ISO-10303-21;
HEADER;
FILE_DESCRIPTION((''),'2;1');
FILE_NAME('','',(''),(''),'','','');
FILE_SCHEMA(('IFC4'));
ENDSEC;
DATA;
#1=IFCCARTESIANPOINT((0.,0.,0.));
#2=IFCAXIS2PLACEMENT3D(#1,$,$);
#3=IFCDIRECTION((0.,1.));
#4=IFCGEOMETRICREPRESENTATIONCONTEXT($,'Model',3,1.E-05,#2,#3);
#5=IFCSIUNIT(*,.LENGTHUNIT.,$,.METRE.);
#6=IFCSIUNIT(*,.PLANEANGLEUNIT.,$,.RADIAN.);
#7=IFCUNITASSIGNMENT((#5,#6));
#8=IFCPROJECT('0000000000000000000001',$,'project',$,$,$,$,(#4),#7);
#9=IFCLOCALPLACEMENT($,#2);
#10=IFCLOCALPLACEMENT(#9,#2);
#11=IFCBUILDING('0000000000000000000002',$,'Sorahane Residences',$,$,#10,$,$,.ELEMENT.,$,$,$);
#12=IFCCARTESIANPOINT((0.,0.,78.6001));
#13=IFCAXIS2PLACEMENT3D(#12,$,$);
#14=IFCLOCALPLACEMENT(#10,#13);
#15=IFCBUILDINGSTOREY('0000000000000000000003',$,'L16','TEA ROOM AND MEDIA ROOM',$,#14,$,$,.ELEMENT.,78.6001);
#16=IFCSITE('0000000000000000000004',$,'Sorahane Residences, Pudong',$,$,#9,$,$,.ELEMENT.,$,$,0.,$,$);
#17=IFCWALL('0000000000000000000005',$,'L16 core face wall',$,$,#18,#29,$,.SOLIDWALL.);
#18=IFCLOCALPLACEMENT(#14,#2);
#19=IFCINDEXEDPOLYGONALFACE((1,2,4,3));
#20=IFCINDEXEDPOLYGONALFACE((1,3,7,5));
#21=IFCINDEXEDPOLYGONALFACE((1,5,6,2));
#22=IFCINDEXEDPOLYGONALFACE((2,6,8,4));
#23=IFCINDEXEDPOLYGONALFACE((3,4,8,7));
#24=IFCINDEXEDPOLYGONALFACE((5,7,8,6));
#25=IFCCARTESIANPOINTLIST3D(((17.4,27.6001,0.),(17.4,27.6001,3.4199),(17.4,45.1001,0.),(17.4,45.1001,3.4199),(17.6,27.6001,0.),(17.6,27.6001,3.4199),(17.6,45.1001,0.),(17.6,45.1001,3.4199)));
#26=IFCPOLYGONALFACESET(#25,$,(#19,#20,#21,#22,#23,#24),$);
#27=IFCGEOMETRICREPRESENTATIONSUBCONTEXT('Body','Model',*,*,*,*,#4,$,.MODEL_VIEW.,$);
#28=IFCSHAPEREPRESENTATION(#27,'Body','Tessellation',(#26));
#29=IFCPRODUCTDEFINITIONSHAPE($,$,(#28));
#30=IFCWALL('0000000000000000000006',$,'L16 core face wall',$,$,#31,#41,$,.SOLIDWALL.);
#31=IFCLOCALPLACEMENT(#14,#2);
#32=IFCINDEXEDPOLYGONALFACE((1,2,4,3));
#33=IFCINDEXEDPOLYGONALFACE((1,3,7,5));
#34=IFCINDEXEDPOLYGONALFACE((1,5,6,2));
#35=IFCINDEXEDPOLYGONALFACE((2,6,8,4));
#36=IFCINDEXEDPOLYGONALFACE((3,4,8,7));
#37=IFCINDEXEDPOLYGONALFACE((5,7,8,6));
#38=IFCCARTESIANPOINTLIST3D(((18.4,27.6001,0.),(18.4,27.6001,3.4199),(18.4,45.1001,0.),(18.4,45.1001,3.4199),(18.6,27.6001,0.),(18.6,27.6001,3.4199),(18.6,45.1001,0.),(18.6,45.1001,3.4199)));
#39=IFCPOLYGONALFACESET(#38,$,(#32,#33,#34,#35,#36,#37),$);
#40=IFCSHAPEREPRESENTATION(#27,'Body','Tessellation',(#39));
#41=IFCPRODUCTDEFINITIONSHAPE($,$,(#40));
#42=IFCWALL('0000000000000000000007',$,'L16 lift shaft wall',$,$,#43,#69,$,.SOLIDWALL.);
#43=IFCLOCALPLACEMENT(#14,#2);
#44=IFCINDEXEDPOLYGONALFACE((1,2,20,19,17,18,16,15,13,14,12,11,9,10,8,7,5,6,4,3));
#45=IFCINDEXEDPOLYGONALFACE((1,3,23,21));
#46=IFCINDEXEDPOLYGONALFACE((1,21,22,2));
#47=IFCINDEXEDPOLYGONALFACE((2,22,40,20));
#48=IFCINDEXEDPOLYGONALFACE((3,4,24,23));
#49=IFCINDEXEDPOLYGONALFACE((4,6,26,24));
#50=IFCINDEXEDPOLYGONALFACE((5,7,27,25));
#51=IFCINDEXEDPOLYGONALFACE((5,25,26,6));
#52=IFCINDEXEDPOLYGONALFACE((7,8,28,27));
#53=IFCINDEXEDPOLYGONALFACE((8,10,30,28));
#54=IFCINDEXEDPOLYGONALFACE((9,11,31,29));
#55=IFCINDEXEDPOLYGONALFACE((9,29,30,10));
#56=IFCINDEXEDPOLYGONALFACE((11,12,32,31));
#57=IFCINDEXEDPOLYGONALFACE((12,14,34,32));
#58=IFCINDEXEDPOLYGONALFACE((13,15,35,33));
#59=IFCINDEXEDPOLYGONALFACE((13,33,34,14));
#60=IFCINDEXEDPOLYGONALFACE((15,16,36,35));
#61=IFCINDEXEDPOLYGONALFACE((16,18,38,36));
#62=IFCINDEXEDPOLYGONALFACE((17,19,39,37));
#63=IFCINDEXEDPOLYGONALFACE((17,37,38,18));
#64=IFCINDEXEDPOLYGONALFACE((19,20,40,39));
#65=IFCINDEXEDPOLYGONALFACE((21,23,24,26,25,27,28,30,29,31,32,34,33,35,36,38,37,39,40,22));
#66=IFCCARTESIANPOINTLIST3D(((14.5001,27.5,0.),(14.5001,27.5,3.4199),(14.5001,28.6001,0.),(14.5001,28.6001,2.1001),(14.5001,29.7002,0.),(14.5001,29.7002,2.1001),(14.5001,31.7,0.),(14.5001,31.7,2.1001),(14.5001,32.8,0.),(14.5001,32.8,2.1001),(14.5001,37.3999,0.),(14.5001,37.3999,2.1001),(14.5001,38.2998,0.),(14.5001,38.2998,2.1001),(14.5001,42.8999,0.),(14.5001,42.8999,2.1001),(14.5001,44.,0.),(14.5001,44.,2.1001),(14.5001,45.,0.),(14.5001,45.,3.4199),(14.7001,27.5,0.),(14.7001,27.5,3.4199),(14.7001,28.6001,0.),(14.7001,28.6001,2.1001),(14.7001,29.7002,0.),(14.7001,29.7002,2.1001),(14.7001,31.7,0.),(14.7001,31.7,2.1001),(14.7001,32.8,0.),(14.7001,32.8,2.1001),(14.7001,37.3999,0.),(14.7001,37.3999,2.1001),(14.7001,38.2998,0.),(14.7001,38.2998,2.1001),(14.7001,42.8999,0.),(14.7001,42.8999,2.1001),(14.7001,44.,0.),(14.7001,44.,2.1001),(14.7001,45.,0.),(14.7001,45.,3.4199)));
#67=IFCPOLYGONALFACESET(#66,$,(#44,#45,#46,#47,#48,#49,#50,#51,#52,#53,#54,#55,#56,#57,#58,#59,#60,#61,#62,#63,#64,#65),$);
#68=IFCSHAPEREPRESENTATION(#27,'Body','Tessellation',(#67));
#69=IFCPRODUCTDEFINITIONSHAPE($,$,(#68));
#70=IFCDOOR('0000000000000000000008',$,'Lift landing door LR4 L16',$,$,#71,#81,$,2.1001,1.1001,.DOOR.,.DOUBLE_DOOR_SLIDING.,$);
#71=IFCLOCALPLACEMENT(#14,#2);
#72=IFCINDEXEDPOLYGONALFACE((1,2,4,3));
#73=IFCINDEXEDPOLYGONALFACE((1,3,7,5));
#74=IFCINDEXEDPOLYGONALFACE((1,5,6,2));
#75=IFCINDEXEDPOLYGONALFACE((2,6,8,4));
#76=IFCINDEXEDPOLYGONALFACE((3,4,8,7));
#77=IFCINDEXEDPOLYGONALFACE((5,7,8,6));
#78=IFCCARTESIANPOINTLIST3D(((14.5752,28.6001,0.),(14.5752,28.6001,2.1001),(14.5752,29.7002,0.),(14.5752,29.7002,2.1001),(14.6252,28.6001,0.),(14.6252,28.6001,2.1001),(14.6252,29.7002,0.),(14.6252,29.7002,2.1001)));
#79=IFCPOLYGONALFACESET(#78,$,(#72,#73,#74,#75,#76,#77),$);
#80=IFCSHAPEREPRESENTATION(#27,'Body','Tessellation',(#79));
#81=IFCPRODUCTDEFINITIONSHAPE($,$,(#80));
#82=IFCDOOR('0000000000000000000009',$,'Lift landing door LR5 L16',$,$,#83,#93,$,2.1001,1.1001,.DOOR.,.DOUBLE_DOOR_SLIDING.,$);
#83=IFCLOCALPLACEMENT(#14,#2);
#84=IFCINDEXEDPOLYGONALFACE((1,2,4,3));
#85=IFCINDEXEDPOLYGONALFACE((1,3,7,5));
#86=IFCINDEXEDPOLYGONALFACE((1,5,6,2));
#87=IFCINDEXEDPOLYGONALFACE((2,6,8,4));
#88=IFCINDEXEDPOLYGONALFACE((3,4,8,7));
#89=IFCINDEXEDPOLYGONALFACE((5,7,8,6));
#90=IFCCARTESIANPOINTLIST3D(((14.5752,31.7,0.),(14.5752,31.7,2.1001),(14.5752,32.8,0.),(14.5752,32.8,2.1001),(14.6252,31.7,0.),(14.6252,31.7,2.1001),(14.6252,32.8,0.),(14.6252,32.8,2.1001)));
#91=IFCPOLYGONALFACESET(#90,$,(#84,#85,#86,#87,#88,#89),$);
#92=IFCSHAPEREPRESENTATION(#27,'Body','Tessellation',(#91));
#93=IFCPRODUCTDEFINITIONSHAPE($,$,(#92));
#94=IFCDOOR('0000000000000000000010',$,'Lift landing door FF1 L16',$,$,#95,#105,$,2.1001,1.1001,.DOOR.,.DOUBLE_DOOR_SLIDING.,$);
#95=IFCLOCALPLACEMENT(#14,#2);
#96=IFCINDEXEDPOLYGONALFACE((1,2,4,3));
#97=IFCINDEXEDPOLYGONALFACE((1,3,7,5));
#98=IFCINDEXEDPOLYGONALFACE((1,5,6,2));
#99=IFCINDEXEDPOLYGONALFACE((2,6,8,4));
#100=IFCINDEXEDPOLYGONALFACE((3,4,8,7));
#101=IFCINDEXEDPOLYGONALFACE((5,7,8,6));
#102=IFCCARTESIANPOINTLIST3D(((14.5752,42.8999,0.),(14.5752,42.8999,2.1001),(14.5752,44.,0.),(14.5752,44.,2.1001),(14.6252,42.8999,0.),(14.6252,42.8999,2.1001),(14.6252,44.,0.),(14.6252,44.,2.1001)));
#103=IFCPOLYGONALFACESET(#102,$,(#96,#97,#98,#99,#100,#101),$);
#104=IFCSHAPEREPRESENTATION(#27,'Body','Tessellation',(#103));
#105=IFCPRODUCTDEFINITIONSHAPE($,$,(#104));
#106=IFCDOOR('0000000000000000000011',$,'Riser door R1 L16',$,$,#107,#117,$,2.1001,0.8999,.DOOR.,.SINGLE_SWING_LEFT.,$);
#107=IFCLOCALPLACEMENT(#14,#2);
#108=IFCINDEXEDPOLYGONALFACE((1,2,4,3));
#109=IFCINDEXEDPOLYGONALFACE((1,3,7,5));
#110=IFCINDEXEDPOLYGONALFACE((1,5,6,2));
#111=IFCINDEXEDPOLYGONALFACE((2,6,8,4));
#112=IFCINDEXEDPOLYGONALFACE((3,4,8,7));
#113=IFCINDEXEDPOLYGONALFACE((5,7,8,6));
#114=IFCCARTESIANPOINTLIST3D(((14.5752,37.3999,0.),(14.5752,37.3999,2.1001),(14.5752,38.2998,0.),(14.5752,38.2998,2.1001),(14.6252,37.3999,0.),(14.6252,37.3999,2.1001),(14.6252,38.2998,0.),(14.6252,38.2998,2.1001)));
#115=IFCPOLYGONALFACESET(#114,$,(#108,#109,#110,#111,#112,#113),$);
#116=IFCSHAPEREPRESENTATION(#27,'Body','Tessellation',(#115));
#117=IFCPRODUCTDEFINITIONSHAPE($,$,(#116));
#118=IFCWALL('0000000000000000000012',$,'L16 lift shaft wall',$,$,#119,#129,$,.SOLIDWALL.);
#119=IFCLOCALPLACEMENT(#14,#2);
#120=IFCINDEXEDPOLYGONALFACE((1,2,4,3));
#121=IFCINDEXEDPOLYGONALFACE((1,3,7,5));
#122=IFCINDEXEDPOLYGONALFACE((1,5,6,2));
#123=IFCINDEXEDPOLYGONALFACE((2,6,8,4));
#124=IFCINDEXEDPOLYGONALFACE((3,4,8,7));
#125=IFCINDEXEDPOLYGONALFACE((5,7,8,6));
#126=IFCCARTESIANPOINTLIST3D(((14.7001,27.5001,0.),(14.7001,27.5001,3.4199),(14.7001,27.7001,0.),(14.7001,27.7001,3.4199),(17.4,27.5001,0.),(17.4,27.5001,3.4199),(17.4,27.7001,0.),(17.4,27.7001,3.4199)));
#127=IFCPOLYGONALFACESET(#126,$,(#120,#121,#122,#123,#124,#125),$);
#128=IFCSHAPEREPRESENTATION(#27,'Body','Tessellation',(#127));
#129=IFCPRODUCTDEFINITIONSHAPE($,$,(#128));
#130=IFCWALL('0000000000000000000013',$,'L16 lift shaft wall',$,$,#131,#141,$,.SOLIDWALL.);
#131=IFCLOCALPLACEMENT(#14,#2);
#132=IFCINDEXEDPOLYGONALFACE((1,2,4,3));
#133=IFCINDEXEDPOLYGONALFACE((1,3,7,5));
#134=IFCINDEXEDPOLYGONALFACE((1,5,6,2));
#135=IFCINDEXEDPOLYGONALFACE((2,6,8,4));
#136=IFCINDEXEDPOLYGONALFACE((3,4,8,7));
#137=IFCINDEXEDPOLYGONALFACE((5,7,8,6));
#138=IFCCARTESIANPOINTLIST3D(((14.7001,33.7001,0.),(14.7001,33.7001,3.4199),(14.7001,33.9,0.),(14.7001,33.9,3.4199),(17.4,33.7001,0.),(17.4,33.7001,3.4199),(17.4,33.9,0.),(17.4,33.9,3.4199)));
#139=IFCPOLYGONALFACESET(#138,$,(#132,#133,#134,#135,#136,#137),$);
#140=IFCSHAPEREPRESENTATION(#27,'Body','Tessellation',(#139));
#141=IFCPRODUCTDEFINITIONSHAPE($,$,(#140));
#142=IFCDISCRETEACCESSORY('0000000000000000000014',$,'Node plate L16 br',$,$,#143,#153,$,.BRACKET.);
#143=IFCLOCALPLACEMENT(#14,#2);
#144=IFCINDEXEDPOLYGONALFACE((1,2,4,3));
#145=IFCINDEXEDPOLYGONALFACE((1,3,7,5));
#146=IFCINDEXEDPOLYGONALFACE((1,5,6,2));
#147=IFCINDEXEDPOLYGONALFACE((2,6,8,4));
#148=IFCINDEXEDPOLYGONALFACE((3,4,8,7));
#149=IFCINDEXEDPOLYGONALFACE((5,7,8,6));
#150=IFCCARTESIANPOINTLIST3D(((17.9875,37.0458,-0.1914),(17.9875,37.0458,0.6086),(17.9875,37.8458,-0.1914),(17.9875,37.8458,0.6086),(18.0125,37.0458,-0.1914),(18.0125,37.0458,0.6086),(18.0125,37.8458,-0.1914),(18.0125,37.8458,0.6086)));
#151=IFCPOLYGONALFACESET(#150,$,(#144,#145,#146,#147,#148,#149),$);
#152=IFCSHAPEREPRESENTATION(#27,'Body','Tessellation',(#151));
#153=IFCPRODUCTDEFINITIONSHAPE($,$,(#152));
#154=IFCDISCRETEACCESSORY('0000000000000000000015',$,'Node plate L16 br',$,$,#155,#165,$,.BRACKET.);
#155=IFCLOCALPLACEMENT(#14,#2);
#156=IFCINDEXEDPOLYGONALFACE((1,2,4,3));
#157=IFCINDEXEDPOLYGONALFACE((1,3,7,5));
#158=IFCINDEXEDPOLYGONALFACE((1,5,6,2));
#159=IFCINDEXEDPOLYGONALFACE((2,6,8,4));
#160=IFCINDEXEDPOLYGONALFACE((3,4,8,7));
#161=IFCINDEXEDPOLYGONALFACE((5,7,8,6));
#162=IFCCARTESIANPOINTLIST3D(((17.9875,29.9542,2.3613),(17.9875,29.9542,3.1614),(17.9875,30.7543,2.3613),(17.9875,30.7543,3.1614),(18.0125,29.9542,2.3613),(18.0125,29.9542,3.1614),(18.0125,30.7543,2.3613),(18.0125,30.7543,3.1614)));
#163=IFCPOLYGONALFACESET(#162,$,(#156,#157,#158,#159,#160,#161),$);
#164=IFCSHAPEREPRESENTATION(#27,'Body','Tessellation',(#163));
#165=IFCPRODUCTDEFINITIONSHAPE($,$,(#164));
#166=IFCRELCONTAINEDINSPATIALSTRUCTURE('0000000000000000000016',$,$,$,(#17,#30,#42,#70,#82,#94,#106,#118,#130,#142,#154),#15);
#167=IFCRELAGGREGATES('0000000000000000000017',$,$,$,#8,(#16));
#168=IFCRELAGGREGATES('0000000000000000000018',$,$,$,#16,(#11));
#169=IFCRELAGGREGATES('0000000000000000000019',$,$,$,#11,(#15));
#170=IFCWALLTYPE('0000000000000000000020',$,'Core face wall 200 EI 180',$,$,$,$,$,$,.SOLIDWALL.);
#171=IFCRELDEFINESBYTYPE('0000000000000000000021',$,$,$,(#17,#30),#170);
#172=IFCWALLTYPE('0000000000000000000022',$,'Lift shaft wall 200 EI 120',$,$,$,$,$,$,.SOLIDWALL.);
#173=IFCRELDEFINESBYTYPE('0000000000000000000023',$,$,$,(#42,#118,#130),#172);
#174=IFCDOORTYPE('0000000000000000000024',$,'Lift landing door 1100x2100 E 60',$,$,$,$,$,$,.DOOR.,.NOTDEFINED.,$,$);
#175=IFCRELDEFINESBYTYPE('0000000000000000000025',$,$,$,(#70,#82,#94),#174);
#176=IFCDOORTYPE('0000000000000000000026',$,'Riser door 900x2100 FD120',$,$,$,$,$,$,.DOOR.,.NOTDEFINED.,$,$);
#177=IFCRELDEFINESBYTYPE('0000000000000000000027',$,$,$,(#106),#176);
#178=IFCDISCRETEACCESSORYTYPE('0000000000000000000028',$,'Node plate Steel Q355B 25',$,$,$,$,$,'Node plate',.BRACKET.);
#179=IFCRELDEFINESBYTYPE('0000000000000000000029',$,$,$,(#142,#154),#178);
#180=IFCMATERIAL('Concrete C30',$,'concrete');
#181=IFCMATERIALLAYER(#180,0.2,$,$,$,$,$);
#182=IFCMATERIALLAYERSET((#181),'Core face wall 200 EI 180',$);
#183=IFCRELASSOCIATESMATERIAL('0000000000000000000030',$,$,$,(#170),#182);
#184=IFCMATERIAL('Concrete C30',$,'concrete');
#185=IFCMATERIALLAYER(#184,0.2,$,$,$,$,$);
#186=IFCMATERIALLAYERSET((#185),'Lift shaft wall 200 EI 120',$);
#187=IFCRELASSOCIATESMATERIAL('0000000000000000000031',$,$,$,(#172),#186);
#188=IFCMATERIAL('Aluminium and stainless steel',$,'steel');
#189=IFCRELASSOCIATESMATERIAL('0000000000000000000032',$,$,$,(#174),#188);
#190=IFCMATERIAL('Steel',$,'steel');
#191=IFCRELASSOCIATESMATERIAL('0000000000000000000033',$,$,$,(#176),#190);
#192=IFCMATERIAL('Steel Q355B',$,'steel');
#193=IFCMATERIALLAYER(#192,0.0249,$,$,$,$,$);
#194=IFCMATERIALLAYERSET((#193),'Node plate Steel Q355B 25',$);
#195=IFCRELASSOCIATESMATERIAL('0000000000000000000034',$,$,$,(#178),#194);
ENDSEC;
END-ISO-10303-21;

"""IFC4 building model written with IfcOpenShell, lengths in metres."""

from ifc_helpers import new_model, si_unit, direction, frame, frame_2d, origin, origin_2d, place, context, subcontext, project, spatial, rectangle, extrude, material, layer, layer_set, type_object, element, fill, save


model = new_model("IFC4")

# Units and contexts
model_context = context("Model", 3, precision=1e-05, world=origin(), true_north=direction((0.0, 1.0)))
body_context = subcontext(model_context, "Body", "Model", "MODEL_VIEW")
ifc_project = project(units=[si_unit("LENGTHUNIT", "METRE"), si_unit("PLANEANGLEUNIT", "RADIAN")], contexts=[model_context])

# Site, building, storey
site_placement = place(None, origin())
site = spatial("IfcSite", under=ifc_project, at=site_placement, Name="Sorahane Residences, Pudong", CompositionType="ELEMENT", RefElevation=0.0)
building_placement = place(site_placement, origin())
building = spatial("IfcBuilding", under=site, at=building_placement, Name="Sorahane Residences", CompositionType="ELEMENT")
storey_placement = place(building_placement, frame((0.0, 0.0, 78.6001)))
storey = spatial("IfcBuildingStorey", under=building, at=storey_placement, Name="L16", Description="TEA ROOM AND MEDIA ROOM", CompositionType="ELEMENT", Elevation=78.6001)

# Walls
ifc_material_1 = material(Name="Concrete C30", Category="concrete")
ifc_layer_1 = layer(ifc_material_1, 0.2)
ifc_layer_set_1 = layer_set([ifc_layer_1], Name="Core face wall 200 EI 180")
wall_type_1 = type_object("IfcWallType", Name="Core face wall 200 EI 180", PredefinedType="SOLIDWALL", material=ifc_layer_set_1)
for number, where, z_axis, x_axis, name in (
    (1, (17.5, 27.6001, 0.0), (0.0, 0.0, 1.0), (0.0, 1.0, 0.0), "L16 core face wall"),
    (2, (18.5, 27.6001, 0.0), (0.0, 0.0, 1.0), (0.0, 1.0, 0.0), "L16 core face wall"),
):
    element("IfcWall", number, at=place(storey_placement, frame(where, z_axis=z_axis, x_axis=x_axis)), inside=storey, type_object=wall_type_1, Name=name, PredefinedType="SOLIDWALL", context=body_context, shape_type="SweptSolid", body=[
        extrude(rectangle(XDim=17.5, YDim=0.2, at=frame_2d((8.75, 0.0))), origin(), (0.0, 0.0, 1.0), 3.4199),
    ])

# Wall, openings, doors
ifc_material_2 = material(Name="Concrete C30", Category="concrete")
ifc_layer_2 = layer(ifc_material_2, 0.2)
ifc_layer_set_2 = layer_set([ifc_layer_2], Name="Lift shaft wall 200 EI 120")
wall_type_2 = type_object("IfcWallType", Name="Lift shaft wall 200 EI 120", PredefinedType="SOLIDWALL", material=ifc_layer_set_2)
wall_placement = place(storey_placement, frame((14.6001, 27.5, 0.0), z_axis=(0.0, 0.0, 1.0), x_axis=(0.0, 1.0, 0.0)))
wall = element("IfcWall", 3, at=wall_placement, inside=storey, type_object=wall_type_2, Name="L16 lift shaft wall", PredefinedType="SOLIDWALL", context=body_context, shape_type="SweptSolid", body=[
    extrude(rectangle(XDim=17.5, YDim=0.2, at=frame_2d((8.75, 0.0))), origin(), (0.0, 0.0, 1.0), 3.4199),
])
opening_1_placement = place(wall_placement, frame((1.1001, 0.0, 0.0)))
opening_1 = element("IfcOpeningElement", 4, at=opening_1_placement, cuts=wall, PredefinedType="OPENING", context=body_context, shape_type="SweptSolid", body=[
    extrude(rectangle(XDim=1.1001, YDim=2.1001, at=frame_2d((0.55, 1.05))), frame((0.0, 0.1099, 0.0), z_axis=(0.0, -1.0, 0.0), x_axis=(1.0, 0.0, 0.0)), (0.0, 0.0, 1.0), 0.22),
])
opening_2_placement = place(wall_placement, frame((4.2, 0.0, 0.0)))
opening_2 = element("IfcOpeningElement", 5, at=opening_2_placement, cuts=wall, PredefinedType="OPENING", context=body_context, shape_type="SweptSolid", body=[
    extrude(rectangle(XDim=1.1001, YDim=2.1001, at=frame_2d((0.55, 1.05))), frame((0.0, 0.1099, 0.0), z_axis=(0.0, -1.0, 0.0), x_axis=(1.0, 0.0, 0.0)), (0.0, 0.0, 1.0), 0.22),
])
opening_3_placement = place(wall_placement, frame((15.3999, 0.0, 0.0)))
opening_3 = element("IfcOpeningElement", 6, at=opening_3_placement, cuts=wall, PredefinedType="OPENING", context=body_context, shape_type="SweptSolid", body=[
    extrude(rectangle(XDim=1.1001, YDim=2.1001, at=frame_2d((0.55, 1.05))), frame((0.0, 0.1099, 0.0), z_axis=(0.0, -1.0, 0.0), x_axis=(1.0, 0.0, 0.0)), (0.0, 0.0, 1.0), 0.22),
])
opening_4_placement = place(wall_placement, frame((9.8999, 0.0, 0.0)))
opening_4 = element("IfcOpeningElement", 7, at=opening_4_placement, cuts=wall, PredefinedType="OPENING", context=body_context, shape_type="SweptSolid", body=[
    extrude(rectangle(XDim=0.8999, YDim=2.1001, at=frame_2d((0.45, 1.05))), frame((0.0, 0.1099, 0.0), z_axis=(0.0, -1.0, 0.0), x_axis=(1.0, 0.0, 0.0)), (0.0, 0.0, 1.0), 0.22),
])
ifc_material_3 = material(Name="Aluminium and stainless steel", Category="steel")
door_type_1 = type_object("IfcDoorType", Name="Lift landing door 1100x2100 E 60", OperationType="NOTDEFINED", PredefinedType="DOOR", material=ifc_material_3)
door_1_placement = place(opening_1_placement, origin())
door_1 = element("IfcDoor", 8, at=door_1_placement, inside=storey, type_object=door_type_1, Name="Lift landing door LR4 L16", OperationType="DOUBLE_DOOR_SLIDING", OverallHeight=2.1001, OverallWidth=1.1001, PredefinedType="DOOR", context=body_context, shape_type="SweptSolid", body=[
    extrude(rectangle(XDim=1.1001, YDim=2.1001, at=frame_2d((0.55, 1.05))), frame((0.0, 0.0249, 0.0), z_axis=(0.0, -1.0, 0.0), x_axis=(1.0, 0.0, 0.0)), (0.0, 0.0, 1.0), 0.05),
])
fill(opening_1, door_1)
door_2_placement = place(opening_2_placement, origin())
door_2 = element("IfcDoor", 9, at=door_2_placement, inside=storey, type_object=door_type_1, Name="Lift landing door LR5 L16", OperationType="DOUBLE_DOOR_SLIDING", OverallHeight=2.1001, OverallWidth=1.1001, PredefinedType="DOOR", context=body_context, shape_type="SweptSolid", body=[
    extrude(rectangle(XDim=1.1001, YDim=2.1001, at=frame_2d((0.55, 1.05))), frame((0.0, 0.0249, 0.0), z_axis=(0.0, -1.0, 0.0), x_axis=(1.0, 0.0, 0.0)), (0.0, 0.0, 1.0), 0.05),
])
fill(opening_2, door_2)
door_3_placement = place(opening_3_placement, origin())
door_3 = element("IfcDoor", 10, at=door_3_placement, inside=storey, type_object=door_type_1, Name="Lift landing door FF1 L16", OperationType="DOUBLE_DOOR_SLIDING", OverallHeight=2.1001, OverallWidth=1.1001, PredefinedType="DOOR", context=body_context, shape_type="SweptSolid", body=[
    extrude(rectangle(XDim=1.1001, YDim=2.1001, at=frame_2d((0.55, 1.05))), frame((0.0, 0.0249, 0.0), z_axis=(0.0, -1.0, 0.0), x_axis=(1.0, 0.0, 0.0)), (0.0, 0.0, 1.0), 0.05),
])
fill(opening_3, door_3)
ifc_material_4 = material(Name="Steel", Category="steel")
door_type_2 = type_object("IfcDoorType", Name="Riser door 900x2100 FD120", OperationType="NOTDEFINED", PredefinedType="DOOR", material=ifc_material_4)
door_4_placement = place(opening_4_placement, origin())
door_4 = element("IfcDoor", 11, at=door_4_placement, inside=storey, type_object=door_type_2, Name="Riser door R1 L16", OperationType="SINGLE_SWING_LEFT", OverallHeight=2.1001, OverallWidth=0.8999, PredefinedType="DOOR", context=body_context, shape_type="SweptSolid", body=[
    extrude(rectangle(XDim=0.8999, YDim=2.1001, at=frame_2d((0.45, 1.05))), frame((0.0, 0.0249, 0.0), z_axis=(0.0, -1.0, 0.0), x_axis=(1.0, 0.0, 0.0)), (0.0, 0.0, 1.0), 0.05),
])
fill(opening_4, door_4)

# Walls
for number, where, z_axis, x_axis, name in (
    (12, (14.7, 27.6001, 0.0), (0.0, 0.0, 1.0), (1.0, 0.0, 0.0), "L16 lift shaft wall"),
    (13, (14.7, 33.8, 0.0), (0.0, 0.0, 1.0), (1.0, 0.0, 0.0), "L16 lift shaft wall"),
):
    element("IfcWall", number, at=place(storey_placement, frame(where, z_axis=z_axis, x_axis=x_axis)), inside=storey, type_object=wall_type_2, Name=name, PredefinedType="SOLIDWALL", context=body_context, shape_type="SweptSolid", body=[
        extrude(rectangle(XDim=2.7, YDim=0.2, at=frame_2d((1.3501, 0.0))), origin(), (0.0, 0.0, 1.0), 3.4199),
    ])

# Discrete accessories
ifc_material_5 = material(Name="Steel Q355B", Category="steel")
ifc_layer_3 = layer(ifc_material_5, 0.0249)
ifc_layer_set_3 = layer_set([ifc_layer_3], Name="Node plate Steel Q355B 25")
discrete_accessory_type = type_object("IfcDiscreteAccessoryType", Name="Node plate Steel Q355B 25", ElementType="Node plate", PredefinedType="BRACKET", material=ifc_layer_set_3)
for number, where, z_axis, x_axis, name in (
    (14, (18.0, 37.4458, -0.1914), (0.0, 0.0, 1.0), (0.0, 1.0, 0.0), "Node plate L16 br"),
    (15, (18.0, 30.3542, 2.3613), (0.0, 0.0, 1.0), (0.0, 1.0, 0.0), "Node plate L16 br"),
):
    element("IfcDiscreteAccessory", number, at=place(storey_placement, frame(where, z_axis=z_axis, x_axis=x_axis)), inside=storey, type_object=discrete_accessory_type, Name=name, PredefinedType="BRACKET", context=body_context, shape_type="SweptSolid", body=[
        extrude(rectangle(XDim=0.8, YDim=0.0249, at=origin_2d()), origin(), (0.0, 0.0, 1.0), 0.8),
    ])

save(model, "model.ifc")
